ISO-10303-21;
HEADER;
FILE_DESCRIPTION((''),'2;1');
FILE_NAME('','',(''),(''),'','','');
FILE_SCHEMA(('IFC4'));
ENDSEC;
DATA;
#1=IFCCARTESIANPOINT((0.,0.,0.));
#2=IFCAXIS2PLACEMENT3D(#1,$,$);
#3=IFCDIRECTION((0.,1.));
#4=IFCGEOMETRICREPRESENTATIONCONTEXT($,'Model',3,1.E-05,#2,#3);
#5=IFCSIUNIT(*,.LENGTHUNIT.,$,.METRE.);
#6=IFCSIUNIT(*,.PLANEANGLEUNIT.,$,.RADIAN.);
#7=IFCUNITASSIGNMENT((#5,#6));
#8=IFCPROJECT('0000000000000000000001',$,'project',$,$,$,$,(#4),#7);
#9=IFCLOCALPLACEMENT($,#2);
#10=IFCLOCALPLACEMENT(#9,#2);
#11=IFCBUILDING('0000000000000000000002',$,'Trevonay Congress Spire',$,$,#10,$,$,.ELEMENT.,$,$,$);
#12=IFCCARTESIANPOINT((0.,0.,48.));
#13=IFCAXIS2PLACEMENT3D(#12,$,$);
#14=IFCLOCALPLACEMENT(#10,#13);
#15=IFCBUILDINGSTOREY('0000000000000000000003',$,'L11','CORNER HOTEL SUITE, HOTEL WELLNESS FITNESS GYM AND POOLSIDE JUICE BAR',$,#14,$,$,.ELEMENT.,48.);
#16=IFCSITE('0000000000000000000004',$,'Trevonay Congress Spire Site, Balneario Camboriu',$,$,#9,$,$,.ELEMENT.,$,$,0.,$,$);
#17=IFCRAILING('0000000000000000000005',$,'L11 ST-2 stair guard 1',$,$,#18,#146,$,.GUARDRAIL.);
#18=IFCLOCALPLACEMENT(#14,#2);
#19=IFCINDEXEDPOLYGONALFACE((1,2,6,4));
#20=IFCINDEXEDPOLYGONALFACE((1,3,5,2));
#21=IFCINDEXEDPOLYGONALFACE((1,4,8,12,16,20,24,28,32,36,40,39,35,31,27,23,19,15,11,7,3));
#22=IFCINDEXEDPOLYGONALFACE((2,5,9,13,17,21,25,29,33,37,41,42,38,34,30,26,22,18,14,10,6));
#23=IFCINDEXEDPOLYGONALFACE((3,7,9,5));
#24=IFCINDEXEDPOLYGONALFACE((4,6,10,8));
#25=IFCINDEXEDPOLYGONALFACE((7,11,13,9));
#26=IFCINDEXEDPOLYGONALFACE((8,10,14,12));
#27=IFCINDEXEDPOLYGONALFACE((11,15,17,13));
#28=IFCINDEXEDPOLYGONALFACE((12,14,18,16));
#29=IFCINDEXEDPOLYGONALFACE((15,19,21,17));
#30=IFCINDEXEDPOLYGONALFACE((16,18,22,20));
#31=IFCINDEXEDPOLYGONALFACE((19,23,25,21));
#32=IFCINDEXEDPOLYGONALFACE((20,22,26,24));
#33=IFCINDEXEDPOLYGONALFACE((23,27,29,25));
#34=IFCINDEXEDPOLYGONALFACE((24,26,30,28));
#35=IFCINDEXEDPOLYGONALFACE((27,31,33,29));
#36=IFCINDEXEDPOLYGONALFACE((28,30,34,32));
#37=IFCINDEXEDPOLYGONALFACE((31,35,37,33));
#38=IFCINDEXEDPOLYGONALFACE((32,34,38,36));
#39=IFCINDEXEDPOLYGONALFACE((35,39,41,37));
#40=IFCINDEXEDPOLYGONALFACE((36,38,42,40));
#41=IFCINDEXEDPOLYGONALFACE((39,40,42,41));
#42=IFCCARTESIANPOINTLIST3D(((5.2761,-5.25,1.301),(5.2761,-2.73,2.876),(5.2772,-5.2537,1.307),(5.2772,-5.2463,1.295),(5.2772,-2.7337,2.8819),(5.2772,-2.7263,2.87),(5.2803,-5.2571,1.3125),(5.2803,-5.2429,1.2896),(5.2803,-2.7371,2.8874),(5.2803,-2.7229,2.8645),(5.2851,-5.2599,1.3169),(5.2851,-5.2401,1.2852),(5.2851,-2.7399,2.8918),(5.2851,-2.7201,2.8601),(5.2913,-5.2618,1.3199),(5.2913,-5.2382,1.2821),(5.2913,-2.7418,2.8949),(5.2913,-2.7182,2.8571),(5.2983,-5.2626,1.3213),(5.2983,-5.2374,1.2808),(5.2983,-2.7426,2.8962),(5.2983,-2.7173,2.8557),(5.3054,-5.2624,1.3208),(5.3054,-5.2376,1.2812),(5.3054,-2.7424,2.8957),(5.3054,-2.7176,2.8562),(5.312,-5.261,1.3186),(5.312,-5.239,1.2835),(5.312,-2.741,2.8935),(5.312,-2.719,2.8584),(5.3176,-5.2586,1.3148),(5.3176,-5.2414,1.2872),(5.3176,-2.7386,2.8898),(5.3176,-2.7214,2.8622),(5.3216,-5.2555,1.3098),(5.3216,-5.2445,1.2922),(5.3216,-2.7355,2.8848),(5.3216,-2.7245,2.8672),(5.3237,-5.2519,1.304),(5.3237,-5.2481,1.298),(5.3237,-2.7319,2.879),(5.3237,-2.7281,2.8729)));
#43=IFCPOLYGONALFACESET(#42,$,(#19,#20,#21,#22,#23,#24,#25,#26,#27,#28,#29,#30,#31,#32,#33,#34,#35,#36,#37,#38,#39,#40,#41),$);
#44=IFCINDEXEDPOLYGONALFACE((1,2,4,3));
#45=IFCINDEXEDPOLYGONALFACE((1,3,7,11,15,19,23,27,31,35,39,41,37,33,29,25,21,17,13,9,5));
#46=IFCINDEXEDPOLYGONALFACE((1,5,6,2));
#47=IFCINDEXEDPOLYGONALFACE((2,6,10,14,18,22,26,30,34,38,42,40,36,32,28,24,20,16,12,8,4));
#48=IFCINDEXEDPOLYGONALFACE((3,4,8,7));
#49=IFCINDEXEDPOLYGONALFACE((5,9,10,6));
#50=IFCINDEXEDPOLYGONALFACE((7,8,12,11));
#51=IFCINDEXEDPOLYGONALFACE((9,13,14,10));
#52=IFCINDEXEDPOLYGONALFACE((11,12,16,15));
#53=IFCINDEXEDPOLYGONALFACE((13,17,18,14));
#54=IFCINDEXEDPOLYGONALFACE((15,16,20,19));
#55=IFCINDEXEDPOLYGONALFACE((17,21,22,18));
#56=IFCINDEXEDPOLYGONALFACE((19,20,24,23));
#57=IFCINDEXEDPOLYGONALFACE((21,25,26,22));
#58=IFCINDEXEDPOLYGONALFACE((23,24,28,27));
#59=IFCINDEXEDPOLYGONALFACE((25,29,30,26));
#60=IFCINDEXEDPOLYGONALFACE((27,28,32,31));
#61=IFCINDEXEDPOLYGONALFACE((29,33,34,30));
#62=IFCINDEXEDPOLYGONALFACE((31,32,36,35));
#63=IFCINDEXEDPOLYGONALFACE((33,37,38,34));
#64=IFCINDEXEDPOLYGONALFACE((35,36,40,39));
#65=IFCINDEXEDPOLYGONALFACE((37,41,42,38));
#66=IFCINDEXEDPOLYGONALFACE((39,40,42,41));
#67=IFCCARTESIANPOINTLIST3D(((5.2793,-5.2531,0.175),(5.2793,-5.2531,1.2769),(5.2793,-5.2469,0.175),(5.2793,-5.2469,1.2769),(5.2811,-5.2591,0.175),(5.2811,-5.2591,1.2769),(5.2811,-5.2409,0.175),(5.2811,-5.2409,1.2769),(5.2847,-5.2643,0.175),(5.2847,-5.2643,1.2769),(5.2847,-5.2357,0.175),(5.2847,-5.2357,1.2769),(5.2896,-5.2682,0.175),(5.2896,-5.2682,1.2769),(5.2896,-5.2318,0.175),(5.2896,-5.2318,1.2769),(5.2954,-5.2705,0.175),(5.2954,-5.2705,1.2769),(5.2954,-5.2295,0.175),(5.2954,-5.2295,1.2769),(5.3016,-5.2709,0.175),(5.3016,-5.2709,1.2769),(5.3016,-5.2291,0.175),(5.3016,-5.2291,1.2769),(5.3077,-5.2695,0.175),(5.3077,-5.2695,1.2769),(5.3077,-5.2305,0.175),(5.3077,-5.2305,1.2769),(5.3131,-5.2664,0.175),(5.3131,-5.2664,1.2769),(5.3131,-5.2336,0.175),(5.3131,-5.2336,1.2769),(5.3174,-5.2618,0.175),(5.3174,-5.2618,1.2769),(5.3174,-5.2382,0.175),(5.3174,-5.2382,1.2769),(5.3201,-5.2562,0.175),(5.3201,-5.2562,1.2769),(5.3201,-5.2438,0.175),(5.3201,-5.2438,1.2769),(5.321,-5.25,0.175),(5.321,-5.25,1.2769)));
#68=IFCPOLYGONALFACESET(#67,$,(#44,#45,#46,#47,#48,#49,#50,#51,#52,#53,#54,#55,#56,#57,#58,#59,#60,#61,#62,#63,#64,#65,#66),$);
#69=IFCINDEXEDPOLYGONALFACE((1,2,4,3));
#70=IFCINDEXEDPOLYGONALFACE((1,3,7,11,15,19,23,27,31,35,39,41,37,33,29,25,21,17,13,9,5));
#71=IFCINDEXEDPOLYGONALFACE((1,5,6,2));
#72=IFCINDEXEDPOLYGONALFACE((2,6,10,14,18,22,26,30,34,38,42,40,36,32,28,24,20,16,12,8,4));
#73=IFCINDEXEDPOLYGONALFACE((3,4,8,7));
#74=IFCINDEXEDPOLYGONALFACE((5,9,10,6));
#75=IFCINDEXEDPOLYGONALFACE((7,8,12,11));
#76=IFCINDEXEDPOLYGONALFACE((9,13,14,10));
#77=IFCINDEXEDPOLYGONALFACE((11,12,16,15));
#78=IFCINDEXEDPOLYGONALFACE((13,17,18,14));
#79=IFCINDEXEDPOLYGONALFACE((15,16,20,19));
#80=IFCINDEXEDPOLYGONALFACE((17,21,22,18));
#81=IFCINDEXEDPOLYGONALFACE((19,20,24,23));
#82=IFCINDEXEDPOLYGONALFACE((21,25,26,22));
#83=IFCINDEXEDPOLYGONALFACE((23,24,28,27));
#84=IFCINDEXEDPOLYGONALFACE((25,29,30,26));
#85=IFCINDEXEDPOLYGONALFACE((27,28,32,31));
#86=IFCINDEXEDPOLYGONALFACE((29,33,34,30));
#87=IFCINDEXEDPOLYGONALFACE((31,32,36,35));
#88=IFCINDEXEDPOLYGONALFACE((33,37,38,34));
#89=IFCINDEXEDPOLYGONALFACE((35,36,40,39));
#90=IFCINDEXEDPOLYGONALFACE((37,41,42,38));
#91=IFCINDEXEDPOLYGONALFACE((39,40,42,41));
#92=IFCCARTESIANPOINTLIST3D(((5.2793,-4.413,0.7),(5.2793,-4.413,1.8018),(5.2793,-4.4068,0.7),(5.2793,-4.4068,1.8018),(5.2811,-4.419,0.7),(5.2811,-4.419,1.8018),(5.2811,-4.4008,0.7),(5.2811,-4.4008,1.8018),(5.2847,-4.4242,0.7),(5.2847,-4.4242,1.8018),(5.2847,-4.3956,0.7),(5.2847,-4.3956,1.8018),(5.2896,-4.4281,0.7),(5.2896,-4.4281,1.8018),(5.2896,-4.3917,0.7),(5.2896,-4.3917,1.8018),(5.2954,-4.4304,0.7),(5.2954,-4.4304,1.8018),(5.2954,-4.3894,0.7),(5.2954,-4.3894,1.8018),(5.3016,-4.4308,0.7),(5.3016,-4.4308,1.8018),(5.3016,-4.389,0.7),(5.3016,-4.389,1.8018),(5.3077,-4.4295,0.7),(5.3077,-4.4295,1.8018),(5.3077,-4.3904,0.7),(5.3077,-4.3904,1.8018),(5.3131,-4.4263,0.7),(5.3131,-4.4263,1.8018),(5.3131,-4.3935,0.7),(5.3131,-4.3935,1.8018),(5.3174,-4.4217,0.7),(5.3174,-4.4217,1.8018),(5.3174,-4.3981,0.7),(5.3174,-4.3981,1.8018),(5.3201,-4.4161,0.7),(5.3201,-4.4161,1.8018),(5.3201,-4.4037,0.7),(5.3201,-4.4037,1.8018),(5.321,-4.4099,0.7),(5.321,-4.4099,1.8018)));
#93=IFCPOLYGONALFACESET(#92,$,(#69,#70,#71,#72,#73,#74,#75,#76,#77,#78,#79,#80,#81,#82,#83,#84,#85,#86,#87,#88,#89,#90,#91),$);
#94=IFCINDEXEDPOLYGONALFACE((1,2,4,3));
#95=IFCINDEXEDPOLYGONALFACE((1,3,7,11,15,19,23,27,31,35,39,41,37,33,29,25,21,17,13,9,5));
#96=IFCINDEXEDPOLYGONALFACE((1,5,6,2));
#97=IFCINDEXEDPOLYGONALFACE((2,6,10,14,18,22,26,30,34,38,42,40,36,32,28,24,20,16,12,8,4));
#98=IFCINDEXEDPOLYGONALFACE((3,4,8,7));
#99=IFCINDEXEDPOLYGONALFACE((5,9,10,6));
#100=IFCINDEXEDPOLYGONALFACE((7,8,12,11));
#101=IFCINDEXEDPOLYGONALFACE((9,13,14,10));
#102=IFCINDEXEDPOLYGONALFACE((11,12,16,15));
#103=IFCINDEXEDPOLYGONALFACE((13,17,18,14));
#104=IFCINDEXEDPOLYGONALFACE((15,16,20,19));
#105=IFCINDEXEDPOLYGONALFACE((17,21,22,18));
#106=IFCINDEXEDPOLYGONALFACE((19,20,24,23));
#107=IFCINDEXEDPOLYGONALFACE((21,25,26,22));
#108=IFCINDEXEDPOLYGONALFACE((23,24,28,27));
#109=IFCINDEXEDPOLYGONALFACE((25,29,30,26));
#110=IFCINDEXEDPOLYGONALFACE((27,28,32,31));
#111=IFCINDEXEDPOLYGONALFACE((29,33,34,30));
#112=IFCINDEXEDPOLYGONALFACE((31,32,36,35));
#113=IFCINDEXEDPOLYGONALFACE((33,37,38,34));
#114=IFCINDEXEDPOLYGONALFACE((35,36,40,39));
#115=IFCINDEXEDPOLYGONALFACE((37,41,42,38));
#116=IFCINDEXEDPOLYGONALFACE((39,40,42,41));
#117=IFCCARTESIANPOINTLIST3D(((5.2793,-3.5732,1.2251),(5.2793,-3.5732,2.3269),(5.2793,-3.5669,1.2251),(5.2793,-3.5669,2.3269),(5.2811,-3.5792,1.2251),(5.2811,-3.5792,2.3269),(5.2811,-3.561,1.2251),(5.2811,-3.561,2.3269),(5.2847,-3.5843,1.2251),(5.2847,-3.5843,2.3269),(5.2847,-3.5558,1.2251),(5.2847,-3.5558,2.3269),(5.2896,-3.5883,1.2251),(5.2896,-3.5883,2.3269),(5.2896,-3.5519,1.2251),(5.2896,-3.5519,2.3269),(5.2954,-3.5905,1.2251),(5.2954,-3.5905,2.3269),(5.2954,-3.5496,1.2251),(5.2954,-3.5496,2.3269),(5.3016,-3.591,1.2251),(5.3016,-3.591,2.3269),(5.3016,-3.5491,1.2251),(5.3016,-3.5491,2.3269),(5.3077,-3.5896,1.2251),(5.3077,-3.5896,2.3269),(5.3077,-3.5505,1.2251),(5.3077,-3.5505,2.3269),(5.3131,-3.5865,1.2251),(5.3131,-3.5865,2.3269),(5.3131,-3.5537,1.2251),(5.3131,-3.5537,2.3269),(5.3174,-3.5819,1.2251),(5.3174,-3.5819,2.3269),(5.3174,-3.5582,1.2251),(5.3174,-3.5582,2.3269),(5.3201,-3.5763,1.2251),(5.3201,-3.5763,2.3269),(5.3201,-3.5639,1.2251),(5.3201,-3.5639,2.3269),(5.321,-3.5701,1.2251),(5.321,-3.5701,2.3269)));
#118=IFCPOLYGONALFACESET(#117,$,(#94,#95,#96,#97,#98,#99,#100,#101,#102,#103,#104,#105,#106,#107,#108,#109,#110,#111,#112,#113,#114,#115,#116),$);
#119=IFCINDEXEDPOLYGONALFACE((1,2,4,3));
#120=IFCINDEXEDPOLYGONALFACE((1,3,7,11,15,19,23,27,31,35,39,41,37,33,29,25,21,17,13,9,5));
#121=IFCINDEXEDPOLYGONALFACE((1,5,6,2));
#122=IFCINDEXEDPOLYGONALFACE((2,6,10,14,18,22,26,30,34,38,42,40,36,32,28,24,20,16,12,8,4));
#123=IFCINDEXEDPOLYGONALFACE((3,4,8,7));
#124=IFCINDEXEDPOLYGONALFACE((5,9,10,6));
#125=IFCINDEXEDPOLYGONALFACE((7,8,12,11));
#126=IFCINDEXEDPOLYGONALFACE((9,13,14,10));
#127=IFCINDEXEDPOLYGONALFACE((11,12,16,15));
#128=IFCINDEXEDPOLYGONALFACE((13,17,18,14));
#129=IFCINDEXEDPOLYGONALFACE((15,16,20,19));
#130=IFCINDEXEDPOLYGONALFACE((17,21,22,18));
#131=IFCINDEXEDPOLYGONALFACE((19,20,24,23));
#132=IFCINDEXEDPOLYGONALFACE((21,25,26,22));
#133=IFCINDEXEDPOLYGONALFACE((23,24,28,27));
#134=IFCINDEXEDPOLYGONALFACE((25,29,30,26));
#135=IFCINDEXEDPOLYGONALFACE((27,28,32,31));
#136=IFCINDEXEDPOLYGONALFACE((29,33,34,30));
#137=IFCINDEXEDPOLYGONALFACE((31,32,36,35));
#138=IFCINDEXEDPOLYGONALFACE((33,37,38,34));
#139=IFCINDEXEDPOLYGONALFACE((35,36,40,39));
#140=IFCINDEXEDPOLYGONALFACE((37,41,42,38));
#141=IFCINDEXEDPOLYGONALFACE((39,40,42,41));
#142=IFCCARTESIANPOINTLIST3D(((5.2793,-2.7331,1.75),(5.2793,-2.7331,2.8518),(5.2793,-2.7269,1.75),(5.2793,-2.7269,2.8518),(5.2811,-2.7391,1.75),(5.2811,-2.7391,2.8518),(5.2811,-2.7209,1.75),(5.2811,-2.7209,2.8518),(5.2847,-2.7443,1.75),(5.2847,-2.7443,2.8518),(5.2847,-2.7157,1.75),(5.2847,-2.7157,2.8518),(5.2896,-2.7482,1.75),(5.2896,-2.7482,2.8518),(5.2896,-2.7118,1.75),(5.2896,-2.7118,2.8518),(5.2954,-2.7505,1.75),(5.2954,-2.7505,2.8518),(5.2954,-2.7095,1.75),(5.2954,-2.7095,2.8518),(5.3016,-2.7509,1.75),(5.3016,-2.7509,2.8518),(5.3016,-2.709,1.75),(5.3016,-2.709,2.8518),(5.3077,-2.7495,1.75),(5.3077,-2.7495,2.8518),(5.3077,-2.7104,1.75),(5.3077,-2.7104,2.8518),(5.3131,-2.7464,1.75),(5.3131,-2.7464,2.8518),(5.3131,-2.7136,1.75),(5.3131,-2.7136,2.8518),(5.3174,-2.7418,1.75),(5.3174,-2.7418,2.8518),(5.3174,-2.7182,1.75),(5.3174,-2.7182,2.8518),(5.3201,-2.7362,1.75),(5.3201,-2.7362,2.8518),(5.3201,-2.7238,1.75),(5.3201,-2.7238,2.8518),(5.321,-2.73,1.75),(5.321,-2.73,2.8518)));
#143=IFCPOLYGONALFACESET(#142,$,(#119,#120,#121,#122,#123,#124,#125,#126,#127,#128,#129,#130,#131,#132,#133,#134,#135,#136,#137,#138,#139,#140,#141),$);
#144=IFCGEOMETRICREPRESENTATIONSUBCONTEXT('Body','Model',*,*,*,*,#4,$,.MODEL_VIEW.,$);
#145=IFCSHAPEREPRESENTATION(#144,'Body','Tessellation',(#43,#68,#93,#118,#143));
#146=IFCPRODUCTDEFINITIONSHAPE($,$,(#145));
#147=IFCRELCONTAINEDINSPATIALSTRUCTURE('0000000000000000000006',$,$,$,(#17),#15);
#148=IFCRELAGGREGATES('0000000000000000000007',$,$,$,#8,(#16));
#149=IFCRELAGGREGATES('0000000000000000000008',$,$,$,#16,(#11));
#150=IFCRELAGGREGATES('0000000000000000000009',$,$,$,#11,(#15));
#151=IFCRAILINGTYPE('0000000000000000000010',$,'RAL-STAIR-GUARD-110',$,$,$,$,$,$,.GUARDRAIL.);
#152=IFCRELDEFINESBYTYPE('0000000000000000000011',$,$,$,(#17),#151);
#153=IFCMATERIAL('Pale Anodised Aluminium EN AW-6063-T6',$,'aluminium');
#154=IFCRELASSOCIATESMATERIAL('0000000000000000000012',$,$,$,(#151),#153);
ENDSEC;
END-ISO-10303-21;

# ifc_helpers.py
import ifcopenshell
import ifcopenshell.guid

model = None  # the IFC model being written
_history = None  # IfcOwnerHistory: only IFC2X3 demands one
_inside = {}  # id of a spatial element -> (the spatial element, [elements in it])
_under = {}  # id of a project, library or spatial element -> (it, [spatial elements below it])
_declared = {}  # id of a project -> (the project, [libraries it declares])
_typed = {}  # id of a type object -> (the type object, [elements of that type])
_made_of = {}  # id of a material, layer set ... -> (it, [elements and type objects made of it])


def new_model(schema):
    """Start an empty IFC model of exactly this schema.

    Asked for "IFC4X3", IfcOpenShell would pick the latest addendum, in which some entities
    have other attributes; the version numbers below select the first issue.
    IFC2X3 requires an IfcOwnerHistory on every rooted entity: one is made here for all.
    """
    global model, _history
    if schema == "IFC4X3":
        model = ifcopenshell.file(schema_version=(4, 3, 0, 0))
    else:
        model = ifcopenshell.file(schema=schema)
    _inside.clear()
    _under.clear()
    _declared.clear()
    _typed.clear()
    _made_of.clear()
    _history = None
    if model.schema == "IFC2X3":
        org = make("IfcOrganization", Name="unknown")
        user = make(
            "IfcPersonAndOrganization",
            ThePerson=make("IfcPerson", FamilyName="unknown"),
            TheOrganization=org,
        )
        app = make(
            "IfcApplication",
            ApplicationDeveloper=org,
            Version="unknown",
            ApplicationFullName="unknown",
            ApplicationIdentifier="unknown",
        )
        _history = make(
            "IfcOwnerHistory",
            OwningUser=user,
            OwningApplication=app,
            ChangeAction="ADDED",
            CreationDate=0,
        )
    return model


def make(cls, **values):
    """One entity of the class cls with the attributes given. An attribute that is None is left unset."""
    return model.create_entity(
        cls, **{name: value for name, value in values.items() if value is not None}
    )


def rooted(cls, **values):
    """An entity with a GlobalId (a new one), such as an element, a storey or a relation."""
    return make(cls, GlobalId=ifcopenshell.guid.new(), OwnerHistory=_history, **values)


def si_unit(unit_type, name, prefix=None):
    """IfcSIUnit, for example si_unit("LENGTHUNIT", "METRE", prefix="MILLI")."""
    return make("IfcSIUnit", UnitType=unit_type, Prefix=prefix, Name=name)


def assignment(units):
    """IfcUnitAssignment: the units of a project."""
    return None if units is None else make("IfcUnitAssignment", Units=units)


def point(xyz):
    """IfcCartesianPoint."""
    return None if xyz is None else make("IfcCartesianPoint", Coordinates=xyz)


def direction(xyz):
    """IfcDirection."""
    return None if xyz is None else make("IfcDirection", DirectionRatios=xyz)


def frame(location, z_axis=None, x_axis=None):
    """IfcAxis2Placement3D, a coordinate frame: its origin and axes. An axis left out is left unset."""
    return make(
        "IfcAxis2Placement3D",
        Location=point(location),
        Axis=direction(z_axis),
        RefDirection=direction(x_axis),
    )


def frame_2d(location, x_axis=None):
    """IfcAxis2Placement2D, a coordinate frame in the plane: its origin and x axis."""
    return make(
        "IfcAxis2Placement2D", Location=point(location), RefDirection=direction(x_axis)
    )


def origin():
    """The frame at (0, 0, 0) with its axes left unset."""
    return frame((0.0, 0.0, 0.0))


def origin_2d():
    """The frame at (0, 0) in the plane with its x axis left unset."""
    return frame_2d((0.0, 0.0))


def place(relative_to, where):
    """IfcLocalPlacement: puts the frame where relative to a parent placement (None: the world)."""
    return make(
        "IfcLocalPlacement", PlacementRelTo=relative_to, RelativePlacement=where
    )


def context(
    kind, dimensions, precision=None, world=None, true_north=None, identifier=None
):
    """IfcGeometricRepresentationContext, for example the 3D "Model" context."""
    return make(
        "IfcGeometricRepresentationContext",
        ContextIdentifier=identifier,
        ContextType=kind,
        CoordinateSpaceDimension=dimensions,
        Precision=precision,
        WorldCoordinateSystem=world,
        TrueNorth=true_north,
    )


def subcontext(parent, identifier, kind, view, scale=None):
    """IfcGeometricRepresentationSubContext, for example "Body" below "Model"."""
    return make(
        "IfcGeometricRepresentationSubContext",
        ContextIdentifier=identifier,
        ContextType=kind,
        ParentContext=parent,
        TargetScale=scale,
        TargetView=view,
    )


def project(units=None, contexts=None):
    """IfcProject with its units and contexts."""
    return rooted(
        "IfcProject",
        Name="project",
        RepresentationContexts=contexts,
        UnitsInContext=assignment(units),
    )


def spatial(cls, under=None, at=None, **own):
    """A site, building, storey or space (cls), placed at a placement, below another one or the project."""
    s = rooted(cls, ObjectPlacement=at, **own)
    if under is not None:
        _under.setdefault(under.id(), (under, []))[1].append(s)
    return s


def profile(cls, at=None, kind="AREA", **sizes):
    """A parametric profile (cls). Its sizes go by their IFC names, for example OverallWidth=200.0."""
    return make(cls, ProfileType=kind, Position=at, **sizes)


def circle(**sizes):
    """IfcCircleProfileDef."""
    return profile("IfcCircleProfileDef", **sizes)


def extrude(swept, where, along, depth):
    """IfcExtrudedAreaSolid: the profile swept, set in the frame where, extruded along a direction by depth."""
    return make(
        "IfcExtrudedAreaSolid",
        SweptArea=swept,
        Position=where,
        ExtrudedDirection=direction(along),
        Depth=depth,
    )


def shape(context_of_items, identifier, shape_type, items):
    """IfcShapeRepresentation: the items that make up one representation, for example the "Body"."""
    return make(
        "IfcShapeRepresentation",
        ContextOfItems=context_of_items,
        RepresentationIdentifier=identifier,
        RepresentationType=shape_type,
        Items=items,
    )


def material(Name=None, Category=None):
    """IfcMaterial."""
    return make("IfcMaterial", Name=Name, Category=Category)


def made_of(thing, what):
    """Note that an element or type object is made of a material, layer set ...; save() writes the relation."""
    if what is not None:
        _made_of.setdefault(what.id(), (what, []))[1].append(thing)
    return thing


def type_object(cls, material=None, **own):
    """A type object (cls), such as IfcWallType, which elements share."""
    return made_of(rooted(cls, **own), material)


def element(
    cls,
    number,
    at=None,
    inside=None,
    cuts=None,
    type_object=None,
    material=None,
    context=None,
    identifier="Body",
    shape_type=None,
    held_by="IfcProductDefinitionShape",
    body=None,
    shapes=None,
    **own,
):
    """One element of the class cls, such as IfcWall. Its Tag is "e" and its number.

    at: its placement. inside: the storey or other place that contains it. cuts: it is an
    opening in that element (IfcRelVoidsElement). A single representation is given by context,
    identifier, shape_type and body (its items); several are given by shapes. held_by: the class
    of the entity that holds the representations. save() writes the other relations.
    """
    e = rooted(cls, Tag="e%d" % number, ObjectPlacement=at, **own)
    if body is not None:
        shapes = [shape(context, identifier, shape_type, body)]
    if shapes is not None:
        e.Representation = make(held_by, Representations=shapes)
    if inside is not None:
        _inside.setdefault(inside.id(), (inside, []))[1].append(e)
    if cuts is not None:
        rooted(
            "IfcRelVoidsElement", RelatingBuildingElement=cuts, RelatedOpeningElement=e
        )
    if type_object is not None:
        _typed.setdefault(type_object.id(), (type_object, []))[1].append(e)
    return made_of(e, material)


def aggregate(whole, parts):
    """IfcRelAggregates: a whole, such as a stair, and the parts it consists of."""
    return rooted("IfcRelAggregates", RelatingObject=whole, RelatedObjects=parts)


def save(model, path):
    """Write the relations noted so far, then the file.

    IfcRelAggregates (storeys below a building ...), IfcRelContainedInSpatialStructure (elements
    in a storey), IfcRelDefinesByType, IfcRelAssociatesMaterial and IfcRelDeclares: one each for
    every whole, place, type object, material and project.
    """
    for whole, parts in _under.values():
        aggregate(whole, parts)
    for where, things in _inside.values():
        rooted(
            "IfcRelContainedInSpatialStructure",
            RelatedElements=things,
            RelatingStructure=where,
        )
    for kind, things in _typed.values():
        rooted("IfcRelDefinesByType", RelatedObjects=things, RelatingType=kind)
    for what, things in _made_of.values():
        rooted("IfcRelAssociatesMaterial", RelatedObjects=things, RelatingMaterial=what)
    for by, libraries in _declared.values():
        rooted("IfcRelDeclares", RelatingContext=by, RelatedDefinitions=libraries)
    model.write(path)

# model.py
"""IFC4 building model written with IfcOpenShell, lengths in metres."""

from ifc_helpers import new_model, si_unit, direction, frame, origin, origin_2d, place, context, subcontext, project, spatial, circle, extrude, material, type_object, element, save


model = new_model("IFC4")

# Units and contexts
model_context = context("Model", 3, precision=1e-05, world=origin(), true_north=direction((0.0, 1.0)))
body_context = subcontext(model_context, "Body", "Model", "MODEL_VIEW")
ifc_project = project(units=[si_unit("LENGTHUNIT", "METRE"), si_unit("PLANEANGLEUNIT", "RADIAN")], contexts=[model_context])

# Site, building, storey
site_placement = place(None, origin())
site = spatial("IfcSite", under=ifc_project, at=site_placement, Name="Trevonay Congress Spire Site, Balneario Camboriu", CompositionType="ELEMENT", RefElevation=0.0)
building_placement = place(site_placement, origin())
building = spatial("IfcBuilding", under=site, at=building_placement, Name="Trevonay Congress Spire", CompositionType="ELEMENT")
storey_placement = place(building_placement, frame((0.0, 0.0, 48.0)))
storey = spatial("IfcBuildingStorey", under=building, at=storey_placement, Name="L11", Description="CORNER HOTEL SUITE, HOTEL WELLNESS FITNESS GYM AND POOLSIDE JUICE BAR", CompositionType="ELEMENT", Elevation=48.0)

# Railing
ifc_material_1 = material(Name="Pale Anodised Aluminium EN AW-6063-T6", Category="aluminium")
railing_type_1 = type_object("IfcRailingType", Name="RAL-STAIR-GUARD-110", PredefinedType="GUARDRAIL", material=ifc_material_1)
railing_1_placement = place(storey_placement, frame((5.3, -5.25, 0.175)))
element("IfcRailing", 1, at=railing_1_placement, inside=storey, type_object=railing_type_1, Name="L11 ST-2 stair guard 1", PredefinedType="GUARDRAIL", context=body_context, shape_type="SweptSolid", body=[
    extrude(circle(Radius=0.0239, at=origin_2d()), frame((0.0, 0.0, 1.126), z_axis=(0.0, 0.848008, 0.529984), x_axis=(-1.0, 0.0, 0.0)), (0.0, 0.0, 1.0), 2.9717),
    extrude(circle(Radius=0.021, at=origin_2d()), origin(), (0.0, 0.0, 1.0), 1.1018),
    extrude(circle(Radius=0.021, at=origin_2d()), frame((0.0, 0.8401, 0.5249)), (0.0, 0.0, 1.0), 1.1018),
    extrude(circle(Radius=0.021, at=origin_2d()), frame((0.0, 1.6799, 1.05)), (0.0, 0.0, 1.0), 1.1018),
    extrude(circle(Radius=0.021, at=origin_2d()), frame((0.0, 2.52, 1.575)), (0.0, 0.0, 1.0), 1.1018),
])

save(model, "model.ifc")
